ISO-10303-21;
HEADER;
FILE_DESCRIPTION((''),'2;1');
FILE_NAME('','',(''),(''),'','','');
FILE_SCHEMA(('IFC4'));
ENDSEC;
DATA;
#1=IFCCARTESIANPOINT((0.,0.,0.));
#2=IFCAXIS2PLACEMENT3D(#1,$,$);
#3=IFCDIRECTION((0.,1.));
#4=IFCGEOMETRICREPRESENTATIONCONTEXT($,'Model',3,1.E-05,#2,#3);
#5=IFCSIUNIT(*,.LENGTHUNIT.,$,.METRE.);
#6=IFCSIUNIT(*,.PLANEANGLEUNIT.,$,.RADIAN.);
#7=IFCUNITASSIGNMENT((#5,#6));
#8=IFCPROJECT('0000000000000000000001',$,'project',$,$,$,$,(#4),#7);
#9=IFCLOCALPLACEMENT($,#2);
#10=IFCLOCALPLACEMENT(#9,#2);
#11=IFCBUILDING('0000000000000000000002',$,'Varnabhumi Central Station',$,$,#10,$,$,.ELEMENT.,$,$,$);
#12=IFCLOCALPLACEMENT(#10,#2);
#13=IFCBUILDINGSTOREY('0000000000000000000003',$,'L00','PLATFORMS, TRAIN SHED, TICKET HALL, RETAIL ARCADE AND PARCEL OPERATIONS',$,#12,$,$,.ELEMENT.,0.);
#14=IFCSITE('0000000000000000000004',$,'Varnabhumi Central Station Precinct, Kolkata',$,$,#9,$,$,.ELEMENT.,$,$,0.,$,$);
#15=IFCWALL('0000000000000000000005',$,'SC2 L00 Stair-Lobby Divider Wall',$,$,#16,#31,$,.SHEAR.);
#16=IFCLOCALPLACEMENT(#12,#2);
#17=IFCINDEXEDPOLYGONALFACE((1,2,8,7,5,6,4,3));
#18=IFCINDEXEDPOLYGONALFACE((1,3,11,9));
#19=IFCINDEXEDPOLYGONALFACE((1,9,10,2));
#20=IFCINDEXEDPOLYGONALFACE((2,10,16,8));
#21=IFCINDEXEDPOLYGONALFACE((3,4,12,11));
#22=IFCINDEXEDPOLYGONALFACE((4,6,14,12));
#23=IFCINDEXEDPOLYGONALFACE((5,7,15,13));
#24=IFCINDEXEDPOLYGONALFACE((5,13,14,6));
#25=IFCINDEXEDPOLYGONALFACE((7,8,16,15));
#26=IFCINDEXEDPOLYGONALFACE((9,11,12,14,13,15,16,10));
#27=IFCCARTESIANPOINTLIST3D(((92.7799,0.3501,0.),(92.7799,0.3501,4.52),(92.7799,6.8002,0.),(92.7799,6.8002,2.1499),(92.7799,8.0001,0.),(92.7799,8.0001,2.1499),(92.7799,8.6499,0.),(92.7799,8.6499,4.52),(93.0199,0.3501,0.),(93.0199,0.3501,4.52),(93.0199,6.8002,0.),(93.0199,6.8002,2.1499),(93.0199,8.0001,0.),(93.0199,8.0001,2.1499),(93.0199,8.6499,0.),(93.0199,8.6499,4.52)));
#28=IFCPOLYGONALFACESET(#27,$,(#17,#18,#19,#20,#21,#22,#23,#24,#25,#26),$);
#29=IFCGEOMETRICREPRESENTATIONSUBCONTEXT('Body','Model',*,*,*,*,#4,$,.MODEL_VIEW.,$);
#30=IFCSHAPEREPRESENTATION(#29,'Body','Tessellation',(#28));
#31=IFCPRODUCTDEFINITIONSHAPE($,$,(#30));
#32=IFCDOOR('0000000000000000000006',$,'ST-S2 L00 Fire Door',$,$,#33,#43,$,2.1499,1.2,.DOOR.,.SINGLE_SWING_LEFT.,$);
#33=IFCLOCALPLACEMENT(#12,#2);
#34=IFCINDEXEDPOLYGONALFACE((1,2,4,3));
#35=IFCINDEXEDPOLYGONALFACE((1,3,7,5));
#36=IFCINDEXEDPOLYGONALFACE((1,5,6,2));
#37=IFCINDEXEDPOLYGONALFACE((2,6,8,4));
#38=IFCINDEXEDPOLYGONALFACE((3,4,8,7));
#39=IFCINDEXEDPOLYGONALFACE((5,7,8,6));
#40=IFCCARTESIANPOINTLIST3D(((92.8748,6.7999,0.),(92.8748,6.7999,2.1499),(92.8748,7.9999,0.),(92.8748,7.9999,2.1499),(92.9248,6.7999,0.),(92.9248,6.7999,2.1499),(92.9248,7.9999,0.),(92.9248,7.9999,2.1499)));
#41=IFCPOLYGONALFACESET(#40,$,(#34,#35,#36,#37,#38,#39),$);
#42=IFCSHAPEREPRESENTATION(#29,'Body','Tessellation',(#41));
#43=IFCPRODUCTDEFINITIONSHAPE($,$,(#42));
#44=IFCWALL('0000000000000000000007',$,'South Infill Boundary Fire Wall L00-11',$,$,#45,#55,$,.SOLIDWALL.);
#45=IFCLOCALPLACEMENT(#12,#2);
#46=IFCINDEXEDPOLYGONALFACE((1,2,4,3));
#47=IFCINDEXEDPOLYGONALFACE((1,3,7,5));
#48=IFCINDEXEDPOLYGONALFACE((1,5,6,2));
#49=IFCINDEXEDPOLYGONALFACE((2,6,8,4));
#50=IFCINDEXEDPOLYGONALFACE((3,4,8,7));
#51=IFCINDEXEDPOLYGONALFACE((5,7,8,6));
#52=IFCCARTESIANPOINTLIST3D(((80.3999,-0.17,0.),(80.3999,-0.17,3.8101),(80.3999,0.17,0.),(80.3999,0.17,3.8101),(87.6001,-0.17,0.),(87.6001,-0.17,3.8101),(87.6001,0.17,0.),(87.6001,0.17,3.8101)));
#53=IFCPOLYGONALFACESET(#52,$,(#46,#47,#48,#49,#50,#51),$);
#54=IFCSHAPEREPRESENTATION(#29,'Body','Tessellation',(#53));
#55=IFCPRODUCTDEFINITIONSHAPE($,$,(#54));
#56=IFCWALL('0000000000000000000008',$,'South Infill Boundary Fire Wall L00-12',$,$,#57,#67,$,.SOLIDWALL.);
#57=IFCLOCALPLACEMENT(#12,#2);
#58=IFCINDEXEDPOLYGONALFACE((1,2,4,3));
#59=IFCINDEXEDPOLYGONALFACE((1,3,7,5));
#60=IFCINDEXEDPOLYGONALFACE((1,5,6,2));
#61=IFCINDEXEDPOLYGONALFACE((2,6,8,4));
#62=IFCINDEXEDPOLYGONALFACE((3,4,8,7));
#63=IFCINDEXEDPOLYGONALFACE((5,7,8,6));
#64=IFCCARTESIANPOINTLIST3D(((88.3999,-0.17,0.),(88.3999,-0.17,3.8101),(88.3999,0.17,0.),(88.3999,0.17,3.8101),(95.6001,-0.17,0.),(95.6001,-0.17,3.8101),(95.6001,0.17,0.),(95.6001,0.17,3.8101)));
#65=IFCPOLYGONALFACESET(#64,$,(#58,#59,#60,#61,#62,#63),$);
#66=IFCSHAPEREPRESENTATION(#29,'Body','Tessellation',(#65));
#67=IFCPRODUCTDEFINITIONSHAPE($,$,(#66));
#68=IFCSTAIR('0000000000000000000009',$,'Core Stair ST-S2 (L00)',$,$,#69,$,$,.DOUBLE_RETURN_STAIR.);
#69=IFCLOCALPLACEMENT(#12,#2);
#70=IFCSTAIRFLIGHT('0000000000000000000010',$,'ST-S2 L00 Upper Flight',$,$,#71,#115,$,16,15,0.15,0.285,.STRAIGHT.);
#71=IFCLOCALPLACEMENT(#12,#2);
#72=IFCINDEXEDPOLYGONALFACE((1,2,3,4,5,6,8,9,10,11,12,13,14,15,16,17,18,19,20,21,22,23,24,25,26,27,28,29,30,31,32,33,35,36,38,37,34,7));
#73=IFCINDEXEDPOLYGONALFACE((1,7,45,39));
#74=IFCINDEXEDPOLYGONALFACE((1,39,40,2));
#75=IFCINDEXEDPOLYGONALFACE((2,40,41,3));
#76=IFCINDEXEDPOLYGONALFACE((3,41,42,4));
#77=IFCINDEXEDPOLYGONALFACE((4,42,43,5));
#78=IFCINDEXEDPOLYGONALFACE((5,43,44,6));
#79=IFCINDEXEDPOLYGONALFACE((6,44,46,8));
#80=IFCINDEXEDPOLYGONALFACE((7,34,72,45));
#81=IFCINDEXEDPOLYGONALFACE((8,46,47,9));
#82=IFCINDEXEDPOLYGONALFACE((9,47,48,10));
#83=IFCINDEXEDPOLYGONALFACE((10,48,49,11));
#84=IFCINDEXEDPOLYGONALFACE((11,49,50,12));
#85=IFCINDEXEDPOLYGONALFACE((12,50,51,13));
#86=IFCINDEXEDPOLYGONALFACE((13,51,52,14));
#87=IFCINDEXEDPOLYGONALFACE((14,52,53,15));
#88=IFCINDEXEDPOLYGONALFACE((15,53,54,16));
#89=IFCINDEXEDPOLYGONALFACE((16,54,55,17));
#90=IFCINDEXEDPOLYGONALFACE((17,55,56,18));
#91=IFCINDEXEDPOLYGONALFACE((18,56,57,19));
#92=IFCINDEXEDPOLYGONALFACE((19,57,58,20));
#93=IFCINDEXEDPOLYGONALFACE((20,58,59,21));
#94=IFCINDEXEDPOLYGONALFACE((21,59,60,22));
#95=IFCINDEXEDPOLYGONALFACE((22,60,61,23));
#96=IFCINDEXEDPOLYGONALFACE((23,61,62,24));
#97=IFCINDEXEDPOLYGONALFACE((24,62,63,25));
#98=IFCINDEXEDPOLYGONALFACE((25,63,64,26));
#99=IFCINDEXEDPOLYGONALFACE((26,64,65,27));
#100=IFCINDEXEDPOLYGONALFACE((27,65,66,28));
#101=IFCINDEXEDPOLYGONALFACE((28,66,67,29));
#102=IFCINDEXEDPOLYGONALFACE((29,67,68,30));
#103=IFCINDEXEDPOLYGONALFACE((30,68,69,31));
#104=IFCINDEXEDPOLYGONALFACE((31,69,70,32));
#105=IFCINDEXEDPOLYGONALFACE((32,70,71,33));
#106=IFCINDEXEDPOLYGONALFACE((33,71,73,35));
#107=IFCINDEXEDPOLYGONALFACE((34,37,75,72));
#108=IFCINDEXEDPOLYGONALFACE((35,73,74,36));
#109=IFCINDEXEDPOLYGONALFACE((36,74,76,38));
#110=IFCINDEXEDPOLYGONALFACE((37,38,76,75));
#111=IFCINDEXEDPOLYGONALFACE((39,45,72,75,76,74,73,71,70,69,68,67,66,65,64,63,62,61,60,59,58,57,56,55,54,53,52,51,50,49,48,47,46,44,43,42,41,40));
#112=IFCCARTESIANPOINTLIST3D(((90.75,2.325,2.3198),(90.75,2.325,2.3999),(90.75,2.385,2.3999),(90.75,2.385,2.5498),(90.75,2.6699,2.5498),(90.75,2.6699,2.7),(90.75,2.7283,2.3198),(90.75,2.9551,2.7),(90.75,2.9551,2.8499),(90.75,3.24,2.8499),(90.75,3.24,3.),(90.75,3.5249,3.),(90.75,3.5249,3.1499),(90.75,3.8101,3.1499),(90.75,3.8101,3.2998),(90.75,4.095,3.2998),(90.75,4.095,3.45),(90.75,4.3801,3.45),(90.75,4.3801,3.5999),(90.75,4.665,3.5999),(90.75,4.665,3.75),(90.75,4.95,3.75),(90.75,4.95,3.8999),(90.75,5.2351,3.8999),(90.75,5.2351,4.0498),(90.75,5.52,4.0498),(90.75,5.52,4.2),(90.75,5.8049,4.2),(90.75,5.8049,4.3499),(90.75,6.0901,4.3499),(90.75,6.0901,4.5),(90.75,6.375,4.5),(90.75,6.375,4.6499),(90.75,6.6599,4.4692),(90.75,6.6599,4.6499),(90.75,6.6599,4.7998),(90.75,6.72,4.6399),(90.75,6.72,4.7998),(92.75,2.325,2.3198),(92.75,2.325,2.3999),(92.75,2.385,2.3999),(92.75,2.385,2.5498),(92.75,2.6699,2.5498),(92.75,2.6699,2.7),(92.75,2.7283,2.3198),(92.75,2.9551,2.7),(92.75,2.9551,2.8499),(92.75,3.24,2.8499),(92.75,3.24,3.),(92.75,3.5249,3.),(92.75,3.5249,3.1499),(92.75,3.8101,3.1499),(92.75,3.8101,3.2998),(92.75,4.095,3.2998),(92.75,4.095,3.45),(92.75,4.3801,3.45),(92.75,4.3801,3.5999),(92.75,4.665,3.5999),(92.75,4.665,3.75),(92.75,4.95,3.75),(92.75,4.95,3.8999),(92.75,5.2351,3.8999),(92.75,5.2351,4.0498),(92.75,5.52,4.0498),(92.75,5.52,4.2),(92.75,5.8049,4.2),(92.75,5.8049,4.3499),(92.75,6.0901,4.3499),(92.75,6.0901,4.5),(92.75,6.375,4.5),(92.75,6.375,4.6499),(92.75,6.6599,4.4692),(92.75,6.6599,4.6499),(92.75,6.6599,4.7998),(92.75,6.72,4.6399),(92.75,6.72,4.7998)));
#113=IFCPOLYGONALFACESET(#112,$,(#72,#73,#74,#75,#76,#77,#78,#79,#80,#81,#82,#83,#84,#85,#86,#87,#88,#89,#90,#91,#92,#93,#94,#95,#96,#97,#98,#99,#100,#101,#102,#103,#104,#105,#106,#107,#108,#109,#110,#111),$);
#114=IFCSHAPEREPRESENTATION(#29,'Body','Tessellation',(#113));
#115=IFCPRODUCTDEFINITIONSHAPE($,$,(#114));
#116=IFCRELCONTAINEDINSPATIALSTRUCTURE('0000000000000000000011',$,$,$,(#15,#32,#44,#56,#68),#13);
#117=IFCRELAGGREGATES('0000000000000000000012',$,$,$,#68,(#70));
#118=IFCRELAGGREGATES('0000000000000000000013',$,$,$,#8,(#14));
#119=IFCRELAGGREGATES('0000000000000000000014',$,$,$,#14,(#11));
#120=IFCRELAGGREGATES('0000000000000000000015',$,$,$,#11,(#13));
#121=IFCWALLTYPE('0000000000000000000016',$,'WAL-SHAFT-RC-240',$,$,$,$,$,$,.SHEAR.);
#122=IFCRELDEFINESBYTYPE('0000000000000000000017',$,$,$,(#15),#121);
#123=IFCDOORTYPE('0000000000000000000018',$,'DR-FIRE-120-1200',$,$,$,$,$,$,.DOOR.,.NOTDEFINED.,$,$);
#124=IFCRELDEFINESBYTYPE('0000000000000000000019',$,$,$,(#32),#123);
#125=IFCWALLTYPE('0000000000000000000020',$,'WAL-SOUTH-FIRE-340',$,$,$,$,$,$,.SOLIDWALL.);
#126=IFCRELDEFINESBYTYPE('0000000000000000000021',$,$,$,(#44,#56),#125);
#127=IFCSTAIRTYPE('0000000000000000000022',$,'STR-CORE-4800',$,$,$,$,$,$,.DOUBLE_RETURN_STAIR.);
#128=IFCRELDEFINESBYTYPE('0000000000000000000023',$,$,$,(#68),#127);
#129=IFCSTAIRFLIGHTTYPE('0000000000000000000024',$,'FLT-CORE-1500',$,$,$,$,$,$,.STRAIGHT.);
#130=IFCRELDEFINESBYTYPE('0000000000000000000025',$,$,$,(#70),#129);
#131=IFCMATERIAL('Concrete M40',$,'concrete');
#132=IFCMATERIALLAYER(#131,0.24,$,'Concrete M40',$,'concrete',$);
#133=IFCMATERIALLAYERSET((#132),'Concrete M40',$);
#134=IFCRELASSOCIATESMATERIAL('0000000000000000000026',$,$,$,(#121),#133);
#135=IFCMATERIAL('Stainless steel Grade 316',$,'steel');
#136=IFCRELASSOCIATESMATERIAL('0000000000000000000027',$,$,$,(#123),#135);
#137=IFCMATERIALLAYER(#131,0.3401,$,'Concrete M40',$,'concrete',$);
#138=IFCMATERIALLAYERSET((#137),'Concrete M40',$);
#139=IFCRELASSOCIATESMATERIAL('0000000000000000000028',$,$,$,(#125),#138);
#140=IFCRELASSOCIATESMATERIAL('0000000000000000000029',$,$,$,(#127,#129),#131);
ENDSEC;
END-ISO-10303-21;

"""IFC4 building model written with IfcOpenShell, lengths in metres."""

from ifc_helpers import new_model, si_unit, direction, frame, frame_2d, origin, place, context, subcontext, project, spatial, polyline, rectangle, outline, extrude, material, layer, layer_set, type_object, element, fill, aggregate, save


model = new_model("IFC4")

# Units and contexts
model_context = context("Model", 3, precision=1e-05, world=origin(), true_north=direction((0.0, 1.0)))
body_context = subcontext(model_context, "Body", "Model", "MODEL_VIEW")
ifc_project = project(units=[si_unit("LENGTHUNIT", "METRE"), si_unit("PLANEANGLEUNIT", "RADIAN")], contexts=[model_context])

# Site, building, storey
site_placement = place(None, origin())
site = spatial("IfcSite", under=ifc_project, at=site_placement, Name="Varnabhumi Central Station Precinct, Kolkata", CompositionType="ELEMENT", RefElevation=0.0)
building_placement = place(site_placement, origin())
building = spatial("IfcBuilding", under=site, at=building_placement, Name="Varnabhumi Central Station", CompositionType="ELEMENT")
storey_placement = place(building_placement, origin())
storey = spatial("IfcBuildingStorey", under=building, at=storey_placement, Name="L00", Description="PLATFORMS, TRAIN SHED, TICKET HALL, RETAIL ARCADE AND PARCEL OPERATIONS", CompositionType="ELEMENT", Elevation=0.0)

# Shared definitions
ifc_material_1 = material(Name="Concrete M40", Category="concrete")

# Wall, opening, door
ifc_layer_1 = layer(ifc_material_1, 0.24, Name="Concrete M40", Category="concrete")
ifc_layer_set_1 = layer_set([ifc_layer_1], Name="Concrete M40")
wall_type_1 = type_object("IfcWallType", Name="WAL-SHAFT-RC-240", PredefinedType="SHEAR", material=ifc_layer_set_1)
wall_1_placement = place(storey_placement, frame((92.8999, 0.3501, 0.0), z_axis=(0.0, 0.0, 1.0), x_axis=(0.0, 1.0, 0.0)))
wall_1 = element("IfcWall", 1, at=wall_1_placement, inside=storey, type_object=wall_type_1, Name="SC2 L00 Stair-Lobby Divider Wall", PredefinedType="SHEAR", context=body_context, shape_type="SweptSolid", body=[
    extrude(rectangle(XDim=8.2998, YDim=0.24, at=frame_2d((4.1499, 0.0))), origin(), (0.0, 0.0, 1.0), 4.52),
])
opening_1_placement = place(wall_1_placement, frame((6.45, 0.0, 0.0)))
opening_1 = element("IfcOpeningElement", 2, at=opening_1_placement, cuts=wall_1, PredefinedType="OPENING", context=body_context, shape_type="SweptSolid", body=[
    extrude(rectangle(XDim=1.2, YDim=2.1499, at=frame_2d((0.6001, 1.075))), frame((0.0, 0.1299, 0.0), z_axis=(0.0, -1.0, 0.0), x_axis=(1.0, 0.0, 0.0)), (0.0, 0.0, 1.0), 0.26),
])
ifc_material_2 = material(Name="Stainless steel Grade 316", Category="steel")
door_type_1 = type_object("IfcDoorType", Name="DR-FIRE-120-1200", OperationType="NOTDEFINED", PredefinedType="DOOR", material=ifc_material_2)
door_1_placement = place(opening_1_placement, frame((1.2, 0.0, 0.0), z_axis=(0.0, 0.0, 1.0), x_axis=(-1.0, 0.0, 0.0)))
door_1 = element("IfcDoor", 3, at=door_1_placement, inside=storey, type_object=door_type_1, Name="ST-S2 L00 Fire Door", OperationType="SINGLE_SWING_LEFT", OverallHeight=2.1499, OverallWidth=1.2, PredefinedType="DOOR", context=body_context, shape_type="SweptSolid", body=[
    extrude(rectangle(XDim=1.2, YDim=2.1499, at=frame_2d((0.6001, 1.075))), frame((0.0, 0.0249, 0.0), z_axis=(0.0, -1.0, 0.0), x_axis=(1.0, 0.0, 0.0)), (0.0, 0.0, 1.0), 0.05),
])
fill(opening_1, door_1)

# Walls
ifc_layer_2 = layer(ifc_material_1, 0.3401, Name="Concrete M40", Category="concrete")
ifc_layer_set_2 = layer_set([ifc_layer_2], Name="Concrete M40")
wall_type_2 = type_object("IfcWallType", Name="WAL-SOUTH-FIRE-340", PredefinedType="SOLIDWALL", material=ifc_layer_set_2)
for number, where, z_axis, x_axis, name in (
    (4, (80.3999, 0.0, 0.0), (0.0, 0.0, 1.0), (1.0, 0.0, 0.0), "South Infill Boundary Fire Wall L00-11"),
    (5, (88.3999, 0.0, 0.0), (0.0, 0.0, 1.0), (1.0, 0.0, 0.0), "South Infill Boundary Fire Wall L00-12"),
):
    element("IfcWall", number, at=place(storey_placement, frame(where, z_axis=z_axis, x_axis=x_axis)), inside=storey, type_object=wall_type_2, Name=name, PredefinedType="SOLIDWALL", context=body_context, shape_type="SweptSolid", body=[
        extrude(rectangle(XDim=7.2002, YDim=0.3401, at=frame_2d((3.6001, 0.0))), origin(), (0.0, 0.0, 1.0), 3.8101),
    ])

# Stair, stair flight
stair_type = type_object("IfcStairType", Name="STR-CORE-4800", PredefinedType="DOUBLE_RETURN_STAIR", material=ifc_material_1)
stair_placement = place(storey_placement, origin())
stair = element("IfcStair", 6, at=stair_placement, inside=storey, type_object=stair_type, Name="Core Stair ST-S2 (L00)", PredefinedType="DOUBLE_RETURN_STAIR")
stair_flight_type = type_object("IfcStairFlightType", Name="FLT-CORE-1500", PredefinedType="STRAIGHT", material=ifc_material_1)
stair_flight_placement = place(storey_placement, frame((91.75, 2.385, 2.3999), z_axis=(0.0, 0.0, 1.0), x_axis=(0.0, 1.0, 0.0)))
stair_flight = element("IfcStairFlight", 7, at=stair_flight_placement, type_object=stair_flight_type, Name="ST-S2 L00 Upper Flight", NumberOfRisers=16, NumberOfTreads=15, PredefinedType="STRAIGHT", RiserHeight=0.15, TreadLength=0.285, context=body_context, shape_type="SweptSolid", body=[
    extrude(outline(polyline([(-0.0601, -0.0801), (-0.0601, 0.0), (0.0, 0.0), (0.0, 0.1499), (0.2849, 0.1499), (0.2849, 0.3), (0.5701, 0.3), (0.5701, 0.45), (0.855, 0.45), (0.855, 0.6001), (1.1399, 0.6001), (1.1399, 0.75), (1.425, 0.75), (1.425, 0.8999), (1.71, 0.8999), (1.71, 1.05), (1.9951, 1.05), (1.9951, 1.2), (2.28, 1.2), (2.28, 1.3501), (2.5649, 1.3501), (2.5649, 1.5), (2.8501, 1.5), (2.8501, 1.6499), (3.135, 1.6499), (3.135, 1.8), (3.4199, 1.8), (3.4199, 1.95), (3.7051, 1.95), (3.7051, 2.1001), (3.99, 2.1001), (3.99, 2.25), (4.2749, 2.25), (4.2749, 2.3999), (4.335, 2.3999), (4.335, 2.24), (4.2749, 2.0693), (0.3433, -0.0801), (-0.0601, -0.0801)])), frame((0.0, 1.0, 0.0), z_axis=(0.0, -1.0, 0.0), x_axis=(1.0, 0.0, 0.0)), (0.0, 0.0, 1.0), 2.0),
])
aggregate(stair, [stair_flight])

save(model, "model.ifc")
